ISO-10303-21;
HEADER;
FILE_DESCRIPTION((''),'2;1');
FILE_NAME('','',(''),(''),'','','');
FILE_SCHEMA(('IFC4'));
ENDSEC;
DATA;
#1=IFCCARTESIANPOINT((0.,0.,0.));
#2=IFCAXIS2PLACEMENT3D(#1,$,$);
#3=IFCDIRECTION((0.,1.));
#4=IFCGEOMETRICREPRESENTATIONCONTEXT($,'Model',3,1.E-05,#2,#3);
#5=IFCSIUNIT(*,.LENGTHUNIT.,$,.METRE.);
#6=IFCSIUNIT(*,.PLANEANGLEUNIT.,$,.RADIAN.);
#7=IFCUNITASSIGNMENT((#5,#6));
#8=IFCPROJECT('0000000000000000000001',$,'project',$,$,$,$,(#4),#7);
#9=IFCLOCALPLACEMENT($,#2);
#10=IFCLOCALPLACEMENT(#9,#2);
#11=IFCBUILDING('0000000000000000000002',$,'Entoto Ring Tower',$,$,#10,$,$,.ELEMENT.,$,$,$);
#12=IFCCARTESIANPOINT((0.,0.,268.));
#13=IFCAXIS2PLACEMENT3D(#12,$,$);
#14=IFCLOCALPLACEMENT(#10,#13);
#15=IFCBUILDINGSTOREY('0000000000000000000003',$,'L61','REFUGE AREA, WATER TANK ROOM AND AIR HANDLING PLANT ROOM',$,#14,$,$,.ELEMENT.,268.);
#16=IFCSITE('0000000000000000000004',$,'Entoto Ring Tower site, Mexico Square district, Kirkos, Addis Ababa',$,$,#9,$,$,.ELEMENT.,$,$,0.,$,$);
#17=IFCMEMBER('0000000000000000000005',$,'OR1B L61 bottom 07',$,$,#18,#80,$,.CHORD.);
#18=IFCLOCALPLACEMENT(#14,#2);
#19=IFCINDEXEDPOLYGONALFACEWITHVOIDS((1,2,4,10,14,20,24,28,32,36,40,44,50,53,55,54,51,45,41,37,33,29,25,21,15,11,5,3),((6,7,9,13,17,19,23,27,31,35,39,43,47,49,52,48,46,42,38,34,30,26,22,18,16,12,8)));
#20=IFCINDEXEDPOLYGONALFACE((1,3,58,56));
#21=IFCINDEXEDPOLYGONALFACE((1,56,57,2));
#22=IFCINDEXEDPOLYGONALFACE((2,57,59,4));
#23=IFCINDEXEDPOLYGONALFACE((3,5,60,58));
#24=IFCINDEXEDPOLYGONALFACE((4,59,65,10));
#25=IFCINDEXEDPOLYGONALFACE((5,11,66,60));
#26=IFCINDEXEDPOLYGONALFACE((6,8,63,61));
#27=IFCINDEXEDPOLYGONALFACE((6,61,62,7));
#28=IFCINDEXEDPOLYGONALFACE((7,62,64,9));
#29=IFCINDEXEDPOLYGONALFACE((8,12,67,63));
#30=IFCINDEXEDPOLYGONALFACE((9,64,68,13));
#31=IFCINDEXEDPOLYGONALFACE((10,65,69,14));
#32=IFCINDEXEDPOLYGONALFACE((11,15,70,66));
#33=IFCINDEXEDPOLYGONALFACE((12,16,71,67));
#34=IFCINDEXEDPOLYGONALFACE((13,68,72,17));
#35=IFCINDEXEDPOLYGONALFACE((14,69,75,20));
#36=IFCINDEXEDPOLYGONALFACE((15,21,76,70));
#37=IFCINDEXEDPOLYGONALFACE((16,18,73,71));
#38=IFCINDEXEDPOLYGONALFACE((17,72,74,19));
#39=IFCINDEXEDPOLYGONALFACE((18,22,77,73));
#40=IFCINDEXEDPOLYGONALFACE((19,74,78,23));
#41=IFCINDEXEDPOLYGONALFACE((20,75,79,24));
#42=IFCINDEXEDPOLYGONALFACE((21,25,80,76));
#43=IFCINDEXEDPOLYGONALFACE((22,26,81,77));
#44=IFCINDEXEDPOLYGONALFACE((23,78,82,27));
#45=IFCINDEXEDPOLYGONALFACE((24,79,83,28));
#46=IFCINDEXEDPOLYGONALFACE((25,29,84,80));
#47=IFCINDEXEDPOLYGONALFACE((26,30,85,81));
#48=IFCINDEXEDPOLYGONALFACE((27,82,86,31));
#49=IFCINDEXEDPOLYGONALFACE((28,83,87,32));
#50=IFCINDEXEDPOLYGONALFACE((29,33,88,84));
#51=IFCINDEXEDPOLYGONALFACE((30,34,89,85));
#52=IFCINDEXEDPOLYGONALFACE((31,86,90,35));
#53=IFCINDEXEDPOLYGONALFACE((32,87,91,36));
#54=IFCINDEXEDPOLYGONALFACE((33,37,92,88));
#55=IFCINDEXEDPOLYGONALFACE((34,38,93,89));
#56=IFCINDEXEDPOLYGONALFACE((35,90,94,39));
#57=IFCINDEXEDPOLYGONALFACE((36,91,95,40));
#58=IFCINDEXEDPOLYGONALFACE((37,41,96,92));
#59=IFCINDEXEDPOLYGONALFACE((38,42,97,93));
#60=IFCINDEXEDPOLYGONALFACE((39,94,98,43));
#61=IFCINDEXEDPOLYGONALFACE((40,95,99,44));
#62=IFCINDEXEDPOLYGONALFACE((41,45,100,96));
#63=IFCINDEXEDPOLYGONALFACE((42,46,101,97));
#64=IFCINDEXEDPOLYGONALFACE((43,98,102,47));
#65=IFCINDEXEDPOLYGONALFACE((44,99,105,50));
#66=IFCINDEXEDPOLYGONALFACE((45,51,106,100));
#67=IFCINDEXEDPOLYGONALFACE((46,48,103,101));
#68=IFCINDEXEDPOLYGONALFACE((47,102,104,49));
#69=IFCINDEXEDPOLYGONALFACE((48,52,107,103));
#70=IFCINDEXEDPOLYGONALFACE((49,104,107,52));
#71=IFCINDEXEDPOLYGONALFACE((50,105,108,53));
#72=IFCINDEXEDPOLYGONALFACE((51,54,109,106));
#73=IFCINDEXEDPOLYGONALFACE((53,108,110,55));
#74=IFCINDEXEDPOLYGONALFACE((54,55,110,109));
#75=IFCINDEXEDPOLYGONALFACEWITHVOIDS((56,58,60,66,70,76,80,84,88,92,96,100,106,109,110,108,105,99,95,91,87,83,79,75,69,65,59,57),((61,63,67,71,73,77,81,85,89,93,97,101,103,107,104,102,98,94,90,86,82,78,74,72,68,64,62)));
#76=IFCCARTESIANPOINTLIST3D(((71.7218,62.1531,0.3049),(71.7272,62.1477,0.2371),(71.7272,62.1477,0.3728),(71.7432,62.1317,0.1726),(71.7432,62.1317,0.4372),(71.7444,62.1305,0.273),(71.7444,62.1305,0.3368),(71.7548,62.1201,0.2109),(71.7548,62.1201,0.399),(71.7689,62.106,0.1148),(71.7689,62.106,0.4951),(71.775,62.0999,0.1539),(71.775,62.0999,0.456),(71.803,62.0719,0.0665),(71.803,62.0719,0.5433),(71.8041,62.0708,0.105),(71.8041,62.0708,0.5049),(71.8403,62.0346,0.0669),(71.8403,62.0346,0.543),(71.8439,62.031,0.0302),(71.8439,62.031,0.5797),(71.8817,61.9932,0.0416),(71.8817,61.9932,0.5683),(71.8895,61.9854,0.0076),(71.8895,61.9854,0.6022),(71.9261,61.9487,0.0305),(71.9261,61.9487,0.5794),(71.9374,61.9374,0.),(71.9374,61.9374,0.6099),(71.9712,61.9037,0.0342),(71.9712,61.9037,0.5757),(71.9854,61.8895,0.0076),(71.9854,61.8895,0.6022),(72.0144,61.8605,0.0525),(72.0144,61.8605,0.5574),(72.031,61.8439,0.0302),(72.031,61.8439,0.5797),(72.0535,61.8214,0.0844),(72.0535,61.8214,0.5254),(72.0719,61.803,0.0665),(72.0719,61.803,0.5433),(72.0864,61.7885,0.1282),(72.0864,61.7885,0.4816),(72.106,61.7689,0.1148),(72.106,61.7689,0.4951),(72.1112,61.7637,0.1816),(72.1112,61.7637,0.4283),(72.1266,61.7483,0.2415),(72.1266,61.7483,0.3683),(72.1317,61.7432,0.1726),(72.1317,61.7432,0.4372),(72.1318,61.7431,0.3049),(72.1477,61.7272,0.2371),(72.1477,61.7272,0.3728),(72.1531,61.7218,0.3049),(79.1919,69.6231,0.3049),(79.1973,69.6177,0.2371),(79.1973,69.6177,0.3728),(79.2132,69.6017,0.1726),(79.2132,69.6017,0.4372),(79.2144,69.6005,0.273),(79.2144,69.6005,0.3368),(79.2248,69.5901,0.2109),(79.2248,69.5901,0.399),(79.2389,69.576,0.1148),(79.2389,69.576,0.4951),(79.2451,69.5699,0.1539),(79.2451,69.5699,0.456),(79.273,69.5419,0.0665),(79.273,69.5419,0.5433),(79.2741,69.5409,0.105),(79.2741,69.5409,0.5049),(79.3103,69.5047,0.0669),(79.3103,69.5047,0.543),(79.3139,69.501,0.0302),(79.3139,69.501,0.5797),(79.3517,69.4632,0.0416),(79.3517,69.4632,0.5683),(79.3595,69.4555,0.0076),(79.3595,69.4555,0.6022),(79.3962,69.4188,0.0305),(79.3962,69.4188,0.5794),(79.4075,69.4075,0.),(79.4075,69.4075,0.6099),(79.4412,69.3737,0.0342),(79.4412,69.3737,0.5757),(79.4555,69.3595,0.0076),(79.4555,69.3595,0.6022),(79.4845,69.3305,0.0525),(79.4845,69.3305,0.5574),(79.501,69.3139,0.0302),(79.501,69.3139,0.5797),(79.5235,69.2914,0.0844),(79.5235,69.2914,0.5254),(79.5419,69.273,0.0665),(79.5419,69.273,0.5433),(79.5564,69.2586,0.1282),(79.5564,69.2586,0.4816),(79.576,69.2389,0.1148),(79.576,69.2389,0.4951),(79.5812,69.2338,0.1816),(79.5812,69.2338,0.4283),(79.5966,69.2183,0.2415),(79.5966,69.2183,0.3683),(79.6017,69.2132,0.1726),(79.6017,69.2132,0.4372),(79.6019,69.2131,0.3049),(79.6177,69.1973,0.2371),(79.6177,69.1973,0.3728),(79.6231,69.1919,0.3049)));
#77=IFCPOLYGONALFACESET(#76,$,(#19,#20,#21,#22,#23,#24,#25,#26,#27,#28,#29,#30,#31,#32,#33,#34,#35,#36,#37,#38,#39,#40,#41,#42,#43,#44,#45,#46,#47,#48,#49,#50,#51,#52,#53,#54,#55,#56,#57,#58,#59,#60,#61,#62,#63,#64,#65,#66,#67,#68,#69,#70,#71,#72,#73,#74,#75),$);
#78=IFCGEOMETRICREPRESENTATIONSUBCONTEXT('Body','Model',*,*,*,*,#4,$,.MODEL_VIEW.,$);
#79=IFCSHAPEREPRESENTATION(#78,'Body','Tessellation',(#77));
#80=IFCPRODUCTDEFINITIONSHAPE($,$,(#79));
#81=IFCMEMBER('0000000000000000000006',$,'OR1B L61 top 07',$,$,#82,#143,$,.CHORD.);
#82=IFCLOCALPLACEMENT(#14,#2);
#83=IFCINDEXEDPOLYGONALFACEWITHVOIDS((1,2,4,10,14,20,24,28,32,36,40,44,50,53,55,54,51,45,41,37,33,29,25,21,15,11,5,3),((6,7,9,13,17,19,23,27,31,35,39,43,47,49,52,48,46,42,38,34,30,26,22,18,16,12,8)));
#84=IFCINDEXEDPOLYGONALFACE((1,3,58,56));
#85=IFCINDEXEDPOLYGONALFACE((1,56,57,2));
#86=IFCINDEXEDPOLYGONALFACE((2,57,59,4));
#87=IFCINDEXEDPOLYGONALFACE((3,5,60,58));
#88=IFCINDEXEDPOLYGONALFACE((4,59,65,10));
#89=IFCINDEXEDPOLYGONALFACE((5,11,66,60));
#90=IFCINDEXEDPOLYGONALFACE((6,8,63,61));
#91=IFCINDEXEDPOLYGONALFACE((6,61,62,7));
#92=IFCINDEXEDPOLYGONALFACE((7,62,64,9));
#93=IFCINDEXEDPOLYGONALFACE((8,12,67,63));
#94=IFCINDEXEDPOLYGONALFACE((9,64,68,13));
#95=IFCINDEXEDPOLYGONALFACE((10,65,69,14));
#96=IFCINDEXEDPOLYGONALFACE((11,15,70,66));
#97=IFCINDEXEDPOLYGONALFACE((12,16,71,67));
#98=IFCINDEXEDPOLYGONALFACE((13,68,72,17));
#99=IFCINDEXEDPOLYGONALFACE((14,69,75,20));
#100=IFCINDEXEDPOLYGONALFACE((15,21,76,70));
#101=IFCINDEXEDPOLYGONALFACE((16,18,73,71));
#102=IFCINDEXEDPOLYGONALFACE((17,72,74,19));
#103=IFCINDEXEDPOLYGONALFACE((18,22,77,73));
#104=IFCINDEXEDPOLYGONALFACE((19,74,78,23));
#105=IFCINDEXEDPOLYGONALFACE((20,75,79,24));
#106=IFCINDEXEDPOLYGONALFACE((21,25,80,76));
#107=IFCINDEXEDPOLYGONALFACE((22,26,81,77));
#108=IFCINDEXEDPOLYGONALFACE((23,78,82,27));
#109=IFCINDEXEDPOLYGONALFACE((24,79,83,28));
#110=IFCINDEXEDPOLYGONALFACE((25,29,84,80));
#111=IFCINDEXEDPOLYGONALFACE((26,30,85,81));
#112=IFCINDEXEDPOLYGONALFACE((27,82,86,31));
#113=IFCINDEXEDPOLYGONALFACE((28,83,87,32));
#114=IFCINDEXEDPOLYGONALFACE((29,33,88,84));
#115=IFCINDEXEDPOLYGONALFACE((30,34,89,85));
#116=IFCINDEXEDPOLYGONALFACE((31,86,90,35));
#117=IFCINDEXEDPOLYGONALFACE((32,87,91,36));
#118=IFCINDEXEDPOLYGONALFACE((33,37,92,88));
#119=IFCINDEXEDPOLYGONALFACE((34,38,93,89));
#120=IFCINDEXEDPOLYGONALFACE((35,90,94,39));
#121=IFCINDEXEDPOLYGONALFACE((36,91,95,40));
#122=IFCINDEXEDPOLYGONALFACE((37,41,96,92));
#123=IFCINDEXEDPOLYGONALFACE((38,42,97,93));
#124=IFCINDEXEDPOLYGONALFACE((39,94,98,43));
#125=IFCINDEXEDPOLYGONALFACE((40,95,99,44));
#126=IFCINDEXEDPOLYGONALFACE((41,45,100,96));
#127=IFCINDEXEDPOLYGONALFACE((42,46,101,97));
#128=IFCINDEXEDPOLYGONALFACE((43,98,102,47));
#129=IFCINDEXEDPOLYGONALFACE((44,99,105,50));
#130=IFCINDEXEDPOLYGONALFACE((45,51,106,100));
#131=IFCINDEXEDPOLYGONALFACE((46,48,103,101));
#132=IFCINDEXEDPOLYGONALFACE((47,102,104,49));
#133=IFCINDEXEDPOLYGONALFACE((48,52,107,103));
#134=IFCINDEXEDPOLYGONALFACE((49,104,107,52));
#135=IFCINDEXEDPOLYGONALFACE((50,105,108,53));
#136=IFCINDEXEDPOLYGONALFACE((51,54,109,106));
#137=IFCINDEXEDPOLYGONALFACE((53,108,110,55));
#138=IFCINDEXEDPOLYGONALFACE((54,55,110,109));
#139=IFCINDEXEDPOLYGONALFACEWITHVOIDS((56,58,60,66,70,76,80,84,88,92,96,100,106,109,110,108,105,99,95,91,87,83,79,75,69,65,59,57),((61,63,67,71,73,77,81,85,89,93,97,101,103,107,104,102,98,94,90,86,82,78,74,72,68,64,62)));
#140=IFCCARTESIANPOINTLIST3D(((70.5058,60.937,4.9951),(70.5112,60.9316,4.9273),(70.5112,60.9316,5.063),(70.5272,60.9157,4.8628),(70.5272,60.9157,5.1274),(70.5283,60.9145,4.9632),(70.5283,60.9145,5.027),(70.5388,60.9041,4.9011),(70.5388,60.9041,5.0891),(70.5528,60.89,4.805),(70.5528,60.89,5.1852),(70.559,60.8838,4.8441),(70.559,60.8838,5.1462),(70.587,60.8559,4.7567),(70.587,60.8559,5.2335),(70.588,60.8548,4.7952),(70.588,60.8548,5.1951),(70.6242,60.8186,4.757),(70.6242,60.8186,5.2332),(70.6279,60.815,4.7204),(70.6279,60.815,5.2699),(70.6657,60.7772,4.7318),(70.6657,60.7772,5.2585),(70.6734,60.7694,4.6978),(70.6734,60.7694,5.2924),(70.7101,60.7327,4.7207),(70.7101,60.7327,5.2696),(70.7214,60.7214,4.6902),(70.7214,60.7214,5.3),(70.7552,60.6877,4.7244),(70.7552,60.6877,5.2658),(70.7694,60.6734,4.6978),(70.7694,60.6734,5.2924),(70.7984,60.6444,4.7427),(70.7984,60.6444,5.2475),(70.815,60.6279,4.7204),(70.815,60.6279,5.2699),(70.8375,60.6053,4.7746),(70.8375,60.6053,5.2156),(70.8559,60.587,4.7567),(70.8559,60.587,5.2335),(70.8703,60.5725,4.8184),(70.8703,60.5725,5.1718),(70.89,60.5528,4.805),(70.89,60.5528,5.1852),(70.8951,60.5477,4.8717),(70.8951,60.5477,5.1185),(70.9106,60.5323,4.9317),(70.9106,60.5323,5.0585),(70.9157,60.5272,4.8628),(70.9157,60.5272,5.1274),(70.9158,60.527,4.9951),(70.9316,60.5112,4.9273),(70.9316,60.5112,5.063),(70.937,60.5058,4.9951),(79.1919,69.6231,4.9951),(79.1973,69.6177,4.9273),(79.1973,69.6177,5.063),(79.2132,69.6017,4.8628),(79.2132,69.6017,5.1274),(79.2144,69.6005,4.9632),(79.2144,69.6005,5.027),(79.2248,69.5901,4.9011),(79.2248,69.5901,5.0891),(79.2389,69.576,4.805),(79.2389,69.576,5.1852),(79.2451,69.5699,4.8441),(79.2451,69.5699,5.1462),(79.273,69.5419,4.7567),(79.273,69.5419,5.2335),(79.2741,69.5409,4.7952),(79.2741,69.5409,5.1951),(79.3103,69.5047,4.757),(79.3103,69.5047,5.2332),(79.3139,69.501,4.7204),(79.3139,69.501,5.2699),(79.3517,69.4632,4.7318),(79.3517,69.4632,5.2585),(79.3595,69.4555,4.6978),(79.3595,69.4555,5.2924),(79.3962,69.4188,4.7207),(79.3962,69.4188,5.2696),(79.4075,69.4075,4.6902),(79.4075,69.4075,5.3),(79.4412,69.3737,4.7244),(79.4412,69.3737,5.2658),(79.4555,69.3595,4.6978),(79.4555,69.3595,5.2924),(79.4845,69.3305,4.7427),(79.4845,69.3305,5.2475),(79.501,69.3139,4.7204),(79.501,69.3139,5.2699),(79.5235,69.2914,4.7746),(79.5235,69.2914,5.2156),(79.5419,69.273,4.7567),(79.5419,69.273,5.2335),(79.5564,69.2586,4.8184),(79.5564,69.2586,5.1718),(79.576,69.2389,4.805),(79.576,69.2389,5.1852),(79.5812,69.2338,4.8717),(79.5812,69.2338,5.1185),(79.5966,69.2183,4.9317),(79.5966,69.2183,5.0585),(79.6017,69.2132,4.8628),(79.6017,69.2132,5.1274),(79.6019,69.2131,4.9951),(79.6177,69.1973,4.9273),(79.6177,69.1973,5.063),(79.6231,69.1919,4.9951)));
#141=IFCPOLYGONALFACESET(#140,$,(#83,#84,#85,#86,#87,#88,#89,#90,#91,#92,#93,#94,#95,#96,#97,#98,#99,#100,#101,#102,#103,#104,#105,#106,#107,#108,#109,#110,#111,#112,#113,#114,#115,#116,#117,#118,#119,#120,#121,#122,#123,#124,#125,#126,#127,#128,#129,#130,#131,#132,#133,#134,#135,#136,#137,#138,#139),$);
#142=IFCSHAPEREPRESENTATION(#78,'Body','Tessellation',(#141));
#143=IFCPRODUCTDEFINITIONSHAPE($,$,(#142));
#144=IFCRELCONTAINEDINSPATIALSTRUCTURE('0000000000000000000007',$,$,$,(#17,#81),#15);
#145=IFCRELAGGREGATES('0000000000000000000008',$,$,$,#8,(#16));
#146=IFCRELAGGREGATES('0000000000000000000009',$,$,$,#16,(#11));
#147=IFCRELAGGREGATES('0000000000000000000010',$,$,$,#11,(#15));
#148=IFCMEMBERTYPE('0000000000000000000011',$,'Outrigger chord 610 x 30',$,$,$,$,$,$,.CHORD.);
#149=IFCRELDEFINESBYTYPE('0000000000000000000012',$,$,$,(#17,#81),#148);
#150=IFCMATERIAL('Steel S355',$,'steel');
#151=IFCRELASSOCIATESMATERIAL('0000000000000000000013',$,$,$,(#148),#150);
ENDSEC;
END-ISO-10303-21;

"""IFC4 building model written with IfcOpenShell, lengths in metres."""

from ifc_helpers import new_model, si_unit, direction, frame, origin, origin_2d, place, context, subcontext, project, spatial, circle, hollow_circle, extrude, material, material_profile, profile_set, type_object, element, save


model = new_model("IFC4")

# Units and contexts
model_context = context("Model", 3, precision=1e-05, world=origin(), true_north=direction((0.0, 1.0)))
body_context = subcontext(model_context, "Body", "Model", "MODEL_VIEW")
ifc_project = project(units=[si_unit("LENGTHUNIT", "METRE"), si_unit("PLANEANGLEUNIT", "RADIAN")], contexts=[model_context])

# Site, building, storey
site_placement = place(None, origin())
site = spatial("IfcSite", under=ifc_project, at=site_placement, Name="Entoto Ring Tower site, Mexico Square district, Kirkos, Addis Ababa", CompositionType="ELEMENT", RefElevation=0.0)
building_placement = place(site_placement, origin())
building = spatial("IfcBuilding", under=site, at=building_placement, Name="Entoto Ring Tower", CompositionType="ELEMENT")
storey_placement = place(building_placement, frame((0.0, 0.0, 268.0)))
storey = spatial("IfcBuildingStorey", under=building, at=storey_placement, Name="L61", Description="REFUGE AREA, WATER TANK ROOM AND AIR HANDLING PLANT ROOM", CompositionType="ELEMENT", Elevation=268.0)

# Members
ifc_material_1 = material(Name="Steel S355", Category="steel")
ifc_material_profile_1 = material_profile(ifc_material_1, hollow_circle(Radius=0.3049, WallThickness=0.03, at=origin_2d()), Name="CHS 610 x 30")
ifc_material_2 = material(Name="Concrete C60/75", Category="concrete")
ifc_material_profile_2 = material_profile(ifc_material_2, circle(Radius=0.2749, at=origin_2d()), Name="Concrete C60/75 infill")
ifc_profile_set_1 = profile_set([ifc_material_profile_1, ifc_material_profile_2], Name="Steel S355")
member_type_1 = type_object("IfcMemberType", Name="Outrigger chord 610 x 30", PredefinedType="CHORD", material=ifc_profile_set_1)
member_1_placement = place(storey_placement, frame((79.4075, 69.4075, 0.3049), z_axis=(-0.707107, -0.707107, 0.0), x_axis=(0.707107, -0.707107, 0.0)))
element("IfcMember", 1, at=member_1_placement, inside=storey, type_object=member_type_1, Name="OR1B L61 bottom 07", PredefinedType="CHORD", context=body_context, shape_type="SweptSolid", body=[
    extrude(hollow_circle(Radius=0.3049, WallThickness=0.03, at=origin_2d()), origin(), (0.0, 0.0, 1.0), 10.5642),
])
member_2_placement = place(storey_placement, frame((79.4075, 69.4075, 4.9951), z_axis=(-0.707107, -0.707107, 0.0), x_axis=(0.707107, -0.707107, 0.0)))
element("IfcMember", 2, at=member_2_placement, inside=storey, type_object=member_type_1, Name="OR1B L61 top 07", PredefinedType="CHORD", context=body_context, shape_type="SweptSolid", body=[
    extrude(hollow_circle(Radius=0.3049, WallThickness=0.03, at=origin_2d()), origin(), (0.0, 0.0, 1.0), 12.2839),
])

save(model, "model.ifc")
